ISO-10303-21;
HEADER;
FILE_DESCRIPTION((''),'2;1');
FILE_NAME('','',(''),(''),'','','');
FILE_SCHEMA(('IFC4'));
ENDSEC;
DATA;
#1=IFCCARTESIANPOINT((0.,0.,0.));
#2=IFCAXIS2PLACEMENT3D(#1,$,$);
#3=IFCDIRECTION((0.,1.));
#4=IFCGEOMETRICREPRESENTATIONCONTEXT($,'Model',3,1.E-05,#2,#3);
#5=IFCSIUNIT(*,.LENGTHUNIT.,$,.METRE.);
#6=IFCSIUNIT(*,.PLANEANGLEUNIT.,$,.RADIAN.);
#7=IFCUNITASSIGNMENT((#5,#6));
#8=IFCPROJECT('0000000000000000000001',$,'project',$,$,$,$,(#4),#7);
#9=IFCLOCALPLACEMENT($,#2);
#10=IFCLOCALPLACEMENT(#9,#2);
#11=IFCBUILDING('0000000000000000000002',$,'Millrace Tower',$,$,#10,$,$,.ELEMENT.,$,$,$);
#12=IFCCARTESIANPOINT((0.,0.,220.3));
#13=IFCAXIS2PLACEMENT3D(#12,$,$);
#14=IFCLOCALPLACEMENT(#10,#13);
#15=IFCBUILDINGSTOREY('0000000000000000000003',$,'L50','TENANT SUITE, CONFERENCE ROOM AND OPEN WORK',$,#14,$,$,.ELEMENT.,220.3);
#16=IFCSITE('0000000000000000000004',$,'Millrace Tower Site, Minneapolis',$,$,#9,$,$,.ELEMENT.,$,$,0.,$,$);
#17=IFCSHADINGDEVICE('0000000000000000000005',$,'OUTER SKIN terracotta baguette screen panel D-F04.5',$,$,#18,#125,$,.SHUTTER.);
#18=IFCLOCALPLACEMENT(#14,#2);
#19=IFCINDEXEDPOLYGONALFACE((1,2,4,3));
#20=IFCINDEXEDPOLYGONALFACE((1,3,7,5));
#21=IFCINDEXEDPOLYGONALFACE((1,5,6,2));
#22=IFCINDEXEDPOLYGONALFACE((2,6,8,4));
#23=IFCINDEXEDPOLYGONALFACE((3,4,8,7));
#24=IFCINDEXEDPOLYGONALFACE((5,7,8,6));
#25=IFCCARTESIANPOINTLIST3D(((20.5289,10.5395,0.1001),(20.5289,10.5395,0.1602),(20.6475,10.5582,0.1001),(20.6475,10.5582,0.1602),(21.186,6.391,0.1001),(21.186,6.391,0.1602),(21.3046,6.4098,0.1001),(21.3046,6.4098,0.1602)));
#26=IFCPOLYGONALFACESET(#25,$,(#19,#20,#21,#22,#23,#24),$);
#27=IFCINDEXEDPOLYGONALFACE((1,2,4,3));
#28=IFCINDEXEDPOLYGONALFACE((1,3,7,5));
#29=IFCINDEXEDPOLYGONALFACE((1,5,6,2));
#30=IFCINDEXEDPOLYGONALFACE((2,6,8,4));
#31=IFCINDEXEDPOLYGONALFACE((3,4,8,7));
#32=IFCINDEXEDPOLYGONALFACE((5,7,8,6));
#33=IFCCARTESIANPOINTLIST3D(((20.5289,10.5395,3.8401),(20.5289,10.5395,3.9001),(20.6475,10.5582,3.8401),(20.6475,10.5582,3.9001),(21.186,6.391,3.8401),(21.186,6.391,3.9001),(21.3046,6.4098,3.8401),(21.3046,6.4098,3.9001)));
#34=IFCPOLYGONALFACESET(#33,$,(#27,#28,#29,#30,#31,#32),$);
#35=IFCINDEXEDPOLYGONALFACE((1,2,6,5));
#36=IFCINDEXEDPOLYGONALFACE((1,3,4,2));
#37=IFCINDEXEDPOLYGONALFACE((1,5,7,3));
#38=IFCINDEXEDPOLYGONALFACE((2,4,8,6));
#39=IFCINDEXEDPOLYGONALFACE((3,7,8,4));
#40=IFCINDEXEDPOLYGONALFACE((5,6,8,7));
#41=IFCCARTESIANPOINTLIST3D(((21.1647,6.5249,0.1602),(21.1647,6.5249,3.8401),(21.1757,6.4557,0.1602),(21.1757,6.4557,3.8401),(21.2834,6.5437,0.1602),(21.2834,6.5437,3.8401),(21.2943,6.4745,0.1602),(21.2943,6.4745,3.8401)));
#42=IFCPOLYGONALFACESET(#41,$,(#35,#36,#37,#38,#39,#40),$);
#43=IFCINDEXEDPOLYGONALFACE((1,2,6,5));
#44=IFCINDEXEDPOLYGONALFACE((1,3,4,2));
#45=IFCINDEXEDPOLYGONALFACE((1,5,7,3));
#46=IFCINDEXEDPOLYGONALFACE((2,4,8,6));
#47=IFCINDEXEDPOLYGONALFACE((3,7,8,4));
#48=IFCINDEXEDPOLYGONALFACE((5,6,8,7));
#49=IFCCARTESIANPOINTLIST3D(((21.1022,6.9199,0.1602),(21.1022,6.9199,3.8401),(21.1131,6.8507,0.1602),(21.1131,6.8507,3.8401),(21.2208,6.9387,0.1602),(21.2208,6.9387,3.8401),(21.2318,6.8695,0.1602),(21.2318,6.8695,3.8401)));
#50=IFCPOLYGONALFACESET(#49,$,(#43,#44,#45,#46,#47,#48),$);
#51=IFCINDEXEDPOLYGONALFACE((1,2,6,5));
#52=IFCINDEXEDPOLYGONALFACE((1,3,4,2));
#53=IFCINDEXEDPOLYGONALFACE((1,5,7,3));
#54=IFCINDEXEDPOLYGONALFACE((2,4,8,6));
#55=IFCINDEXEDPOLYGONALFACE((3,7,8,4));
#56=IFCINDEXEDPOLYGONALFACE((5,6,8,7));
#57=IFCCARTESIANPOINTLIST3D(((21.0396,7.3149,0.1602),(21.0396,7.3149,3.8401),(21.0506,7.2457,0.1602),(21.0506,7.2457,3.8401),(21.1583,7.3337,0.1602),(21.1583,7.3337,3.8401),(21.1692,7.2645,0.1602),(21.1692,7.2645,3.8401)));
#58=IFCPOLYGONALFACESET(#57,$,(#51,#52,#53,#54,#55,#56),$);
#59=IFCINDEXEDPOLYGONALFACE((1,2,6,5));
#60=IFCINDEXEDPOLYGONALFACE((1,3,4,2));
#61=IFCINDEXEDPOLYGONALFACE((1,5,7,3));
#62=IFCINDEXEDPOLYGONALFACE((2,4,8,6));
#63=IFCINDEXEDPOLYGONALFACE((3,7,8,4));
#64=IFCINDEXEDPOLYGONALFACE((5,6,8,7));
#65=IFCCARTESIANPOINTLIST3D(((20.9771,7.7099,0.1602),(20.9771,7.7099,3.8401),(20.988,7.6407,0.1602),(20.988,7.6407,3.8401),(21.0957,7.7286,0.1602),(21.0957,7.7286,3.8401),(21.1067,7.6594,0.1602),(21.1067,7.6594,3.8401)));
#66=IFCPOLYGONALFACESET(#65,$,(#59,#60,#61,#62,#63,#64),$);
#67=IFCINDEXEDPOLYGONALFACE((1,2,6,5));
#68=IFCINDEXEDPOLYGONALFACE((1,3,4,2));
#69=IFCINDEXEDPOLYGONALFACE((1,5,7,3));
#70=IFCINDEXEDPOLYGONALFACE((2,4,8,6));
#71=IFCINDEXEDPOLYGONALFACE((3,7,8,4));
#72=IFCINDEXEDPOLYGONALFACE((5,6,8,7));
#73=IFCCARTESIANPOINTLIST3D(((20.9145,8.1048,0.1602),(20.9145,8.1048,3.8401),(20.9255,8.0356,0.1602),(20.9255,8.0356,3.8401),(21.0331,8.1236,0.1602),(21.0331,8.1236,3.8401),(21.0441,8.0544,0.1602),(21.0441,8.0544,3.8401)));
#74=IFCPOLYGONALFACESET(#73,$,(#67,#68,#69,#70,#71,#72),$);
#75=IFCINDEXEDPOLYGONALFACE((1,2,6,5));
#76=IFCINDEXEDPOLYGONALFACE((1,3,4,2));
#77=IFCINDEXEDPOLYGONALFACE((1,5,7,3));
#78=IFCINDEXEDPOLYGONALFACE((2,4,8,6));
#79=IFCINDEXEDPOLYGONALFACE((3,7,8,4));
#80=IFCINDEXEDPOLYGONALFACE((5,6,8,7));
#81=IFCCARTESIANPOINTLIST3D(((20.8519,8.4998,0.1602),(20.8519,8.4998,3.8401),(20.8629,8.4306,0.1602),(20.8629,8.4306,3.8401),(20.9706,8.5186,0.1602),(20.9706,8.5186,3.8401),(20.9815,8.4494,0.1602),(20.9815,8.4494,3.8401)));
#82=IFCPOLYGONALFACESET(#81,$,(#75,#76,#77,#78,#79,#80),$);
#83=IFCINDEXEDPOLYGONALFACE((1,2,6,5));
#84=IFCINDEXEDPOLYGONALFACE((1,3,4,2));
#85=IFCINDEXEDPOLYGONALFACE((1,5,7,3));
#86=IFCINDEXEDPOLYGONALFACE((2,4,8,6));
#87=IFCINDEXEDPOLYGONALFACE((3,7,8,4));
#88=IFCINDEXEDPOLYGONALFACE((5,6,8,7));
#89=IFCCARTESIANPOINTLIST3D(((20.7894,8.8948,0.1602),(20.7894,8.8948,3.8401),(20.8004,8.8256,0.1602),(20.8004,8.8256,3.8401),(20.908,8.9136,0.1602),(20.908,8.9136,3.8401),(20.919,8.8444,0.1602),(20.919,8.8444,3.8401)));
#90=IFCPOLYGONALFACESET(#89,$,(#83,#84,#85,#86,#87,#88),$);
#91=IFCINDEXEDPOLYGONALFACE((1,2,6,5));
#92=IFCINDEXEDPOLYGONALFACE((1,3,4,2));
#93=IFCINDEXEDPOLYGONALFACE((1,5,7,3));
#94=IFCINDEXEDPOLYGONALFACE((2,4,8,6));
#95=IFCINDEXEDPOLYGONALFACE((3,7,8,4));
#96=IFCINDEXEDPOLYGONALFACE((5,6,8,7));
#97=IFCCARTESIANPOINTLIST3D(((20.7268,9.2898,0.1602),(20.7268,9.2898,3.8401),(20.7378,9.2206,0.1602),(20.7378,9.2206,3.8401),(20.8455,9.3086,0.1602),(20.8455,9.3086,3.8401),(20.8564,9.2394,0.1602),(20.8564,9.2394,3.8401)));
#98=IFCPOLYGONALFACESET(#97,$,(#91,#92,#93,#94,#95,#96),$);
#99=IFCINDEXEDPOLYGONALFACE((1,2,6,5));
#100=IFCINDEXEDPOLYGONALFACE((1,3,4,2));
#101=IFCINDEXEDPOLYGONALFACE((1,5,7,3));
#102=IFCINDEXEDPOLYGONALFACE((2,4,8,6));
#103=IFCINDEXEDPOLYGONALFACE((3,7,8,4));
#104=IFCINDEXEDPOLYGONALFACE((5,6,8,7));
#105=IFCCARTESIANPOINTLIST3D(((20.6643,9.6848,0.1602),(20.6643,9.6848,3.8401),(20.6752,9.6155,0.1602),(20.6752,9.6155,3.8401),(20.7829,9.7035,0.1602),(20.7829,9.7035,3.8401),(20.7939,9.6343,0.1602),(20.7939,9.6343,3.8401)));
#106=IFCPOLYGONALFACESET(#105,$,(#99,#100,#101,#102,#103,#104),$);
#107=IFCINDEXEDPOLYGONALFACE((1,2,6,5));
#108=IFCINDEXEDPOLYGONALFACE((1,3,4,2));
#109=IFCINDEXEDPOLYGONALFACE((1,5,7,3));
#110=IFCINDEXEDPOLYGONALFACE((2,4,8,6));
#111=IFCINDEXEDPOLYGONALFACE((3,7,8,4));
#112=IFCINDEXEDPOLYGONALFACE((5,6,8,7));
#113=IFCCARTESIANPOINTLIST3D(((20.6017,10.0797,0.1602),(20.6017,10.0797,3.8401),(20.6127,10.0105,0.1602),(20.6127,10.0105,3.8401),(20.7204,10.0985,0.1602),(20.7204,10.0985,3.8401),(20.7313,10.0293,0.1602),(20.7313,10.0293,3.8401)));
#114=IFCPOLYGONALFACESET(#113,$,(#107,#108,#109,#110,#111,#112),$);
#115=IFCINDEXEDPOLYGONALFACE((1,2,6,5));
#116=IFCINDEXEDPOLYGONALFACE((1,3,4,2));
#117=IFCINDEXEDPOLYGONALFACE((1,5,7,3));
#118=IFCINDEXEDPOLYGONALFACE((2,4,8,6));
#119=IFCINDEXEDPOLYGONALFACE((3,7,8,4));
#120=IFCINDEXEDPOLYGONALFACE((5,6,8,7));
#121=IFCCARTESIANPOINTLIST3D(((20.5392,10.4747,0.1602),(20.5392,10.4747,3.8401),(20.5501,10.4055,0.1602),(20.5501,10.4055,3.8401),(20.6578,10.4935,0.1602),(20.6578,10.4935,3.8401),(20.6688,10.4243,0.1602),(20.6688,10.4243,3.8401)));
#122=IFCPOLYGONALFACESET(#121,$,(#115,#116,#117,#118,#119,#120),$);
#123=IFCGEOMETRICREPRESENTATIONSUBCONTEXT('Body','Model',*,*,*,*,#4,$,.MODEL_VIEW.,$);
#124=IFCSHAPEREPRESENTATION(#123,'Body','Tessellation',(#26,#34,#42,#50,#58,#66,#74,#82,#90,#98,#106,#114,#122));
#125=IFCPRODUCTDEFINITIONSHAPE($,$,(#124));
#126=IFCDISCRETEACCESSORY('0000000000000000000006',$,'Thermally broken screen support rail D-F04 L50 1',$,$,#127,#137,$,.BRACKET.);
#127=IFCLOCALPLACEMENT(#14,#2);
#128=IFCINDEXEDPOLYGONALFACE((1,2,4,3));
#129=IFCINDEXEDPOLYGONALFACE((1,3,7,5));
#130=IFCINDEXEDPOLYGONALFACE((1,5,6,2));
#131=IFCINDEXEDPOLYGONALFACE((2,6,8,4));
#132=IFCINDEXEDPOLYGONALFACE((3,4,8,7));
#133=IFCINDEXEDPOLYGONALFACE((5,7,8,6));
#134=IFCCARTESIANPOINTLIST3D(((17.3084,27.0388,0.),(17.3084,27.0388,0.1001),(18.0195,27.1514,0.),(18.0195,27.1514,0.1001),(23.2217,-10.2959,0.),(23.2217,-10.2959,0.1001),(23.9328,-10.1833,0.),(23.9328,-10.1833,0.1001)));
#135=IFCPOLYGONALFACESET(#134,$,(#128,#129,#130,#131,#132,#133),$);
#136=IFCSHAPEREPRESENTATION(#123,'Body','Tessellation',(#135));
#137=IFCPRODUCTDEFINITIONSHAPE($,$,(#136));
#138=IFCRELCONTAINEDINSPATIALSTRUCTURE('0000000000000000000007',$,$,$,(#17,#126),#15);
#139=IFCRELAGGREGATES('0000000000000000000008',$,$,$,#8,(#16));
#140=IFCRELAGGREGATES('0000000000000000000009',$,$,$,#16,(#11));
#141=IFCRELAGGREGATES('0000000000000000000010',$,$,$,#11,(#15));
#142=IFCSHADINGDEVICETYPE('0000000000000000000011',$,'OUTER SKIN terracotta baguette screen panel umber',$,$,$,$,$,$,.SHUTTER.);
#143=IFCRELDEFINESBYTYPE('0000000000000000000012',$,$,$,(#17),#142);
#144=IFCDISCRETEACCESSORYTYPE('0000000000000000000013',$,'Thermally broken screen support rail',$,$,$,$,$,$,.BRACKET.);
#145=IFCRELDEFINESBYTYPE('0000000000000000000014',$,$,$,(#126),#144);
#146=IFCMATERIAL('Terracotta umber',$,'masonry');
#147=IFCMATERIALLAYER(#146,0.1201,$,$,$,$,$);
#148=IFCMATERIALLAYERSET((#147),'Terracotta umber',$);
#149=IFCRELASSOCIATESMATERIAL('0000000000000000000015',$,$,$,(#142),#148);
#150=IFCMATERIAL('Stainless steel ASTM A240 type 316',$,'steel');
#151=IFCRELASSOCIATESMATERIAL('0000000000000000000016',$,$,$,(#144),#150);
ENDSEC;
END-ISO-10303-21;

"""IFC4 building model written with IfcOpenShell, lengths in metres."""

from ifc_helpers import new_model, entity, si_unit, direction, frame, frame_2d, origin, origin_2d, place, context, subcontext, project, spatial, rectangle, extrude, source, transform, mapped, material, layer, layer_set, type_object, element, save


model = new_model("IFC4")

# Units and contexts
model_context = context("Model", 3, precision=1e-05, world=origin(), true_north=direction((0.0, 1.0)))
body_context = subcontext(model_context, "Body", "Model", "MODEL_VIEW")
ifc_project = project(units=[si_unit("LENGTHUNIT", "METRE"), si_unit("PLANEANGLEUNIT", "RADIAN")], contexts=[model_context])

# Site, building, storey
site_placement = place(None, origin())
site = spatial("IfcSite", under=ifc_project, at=site_placement, Name="Millrace Tower Site, Minneapolis", CompositionType="ELEMENT", RefElevation=0.0)
building_placement = place(site_placement, origin())
building = spatial("IfcBuilding", under=site, at=building_placement, Name="Millrace Tower", CompositionType="ELEMENT")
storey_placement = place(building_placement, frame((0.0, 0.0, 220.3)))
storey = spatial("IfcBuildingStorey", under=building, at=storey_placement, Name="L50", Description="TENANT SUITE, CONFERENCE ROOM AND OPEN WORK", CompositionType="ELEMENT", Elevation=220.3)

# Shading device
ifc_material_1 = material(Name="Terracotta umber", Category="masonry")
ifc_layer_1 = layer(ifc_material_1, 0.1201)
ifc_layer_set_1 = layer_set([ifc_layer_1], Name="Terracotta umber")
shading_device_type = type_object("IfcShadingDeviceType", Name="OUTER SKIN terracotta baguette screen panel umber", PredefinedType="SHUTTER", material=ifc_layer_set_1)
cartesian_point = entity("IfcCartesianPoint", [-2.1001, 0.0601])
shared_polyline = entity("IfcPolyline", [cartesian_point, entity("IfcCartesianPoint", [2.1001, 0.0601]), entity("IfcCartesianPoint", [2.1001, -0.0601]), entity("IfcCartesianPoint", [-2.1001, -0.0601]), cartesian_point])
shared_shape = source(origin(), body_context, "Body", "SweptSolid", [
    entity("IfcExtrudedAreaSolid", entity("IfcArbitraryClosedProfileDef", "AREA", None, shared_polyline), entity("IfcAxis2Placement3D", entity("IfcCartesianPoint", [0.0, 0.0, 0.0])), entity("IfcDirection", [0.0, 0.0, 1.0]), 0.0601),
    entity("IfcExtrudedAreaSolid", entity("IfcArbitraryClosedProfileDef", "AREA", None, shared_polyline), entity("IfcAxis2Placement3D", entity("IfcCartesianPoint", [0.0, 0.0, 3.74])), entity("IfcDirection", [0.0, 0.0, 1.0]), 0.0601),
    extrude(rectangle(XDim=0.0701, YDim=0.1201, at=frame_2d((-1.9995, 0.0))), frame((0.0, 0.0, 0.0601)), (0.0, 0.0, 1.0), 3.6799),
    extrude(rectangle(XDim=0.0701, YDim=0.1201, at=frame_2d((-1.5996, 0.0))), frame((0.0, 0.0, 0.0601)), (0.0, 0.0, 1.0), 3.6799),
    extrude(rectangle(XDim=0.0701, YDim=0.1201, at=frame_2d((-1.1997, 0.0))), frame((0.0, 0.0, 0.0601)), (0.0, 0.0, 1.0), 3.6799),
    extrude(rectangle(XDim=0.0701, YDim=0.1201, at=frame_2d((-0.7998, 0.0))), frame((0.0, 0.0, 0.0601)), (0.0, 0.0, 1.0), 3.6799),
    extrude(rectangle(XDim=0.0701, YDim=0.1201, at=frame_2d((-0.3999, 0.0))), frame((0.0, 0.0, 0.0601)), (0.0, 0.0, 1.0), 3.6799),
    extrude(rectangle(XDim=0.0701, YDim=0.1201, at=origin_2d()), frame((0.0, 0.0, 0.0601)), (0.0, 0.0, 1.0), 3.6799),
    extrude(rectangle(XDim=0.0701, YDim=0.1201, at=frame_2d((0.3999, 0.0))), frame((0.0, 0.0, 0.0601)), (0.0, 0.0, 1.0), 3.6799),
    extrude(rectangle(XDim=0.0701, YDim=0.1201, at=frame_2d((0.7998, 0.0))), frame((0.0, 0.0, 0.0601)), (0.0, 0.0, 1.0), 3.6799),
    extrude(rectangle(XDim=0.0701, YDim=0.1201, at=frame_2d((1.1997, 0.0))), frame((0.0, 0.0, 0.0601)), (0.0, 0.0, 1.0), 3.6799),
    extrude(rectangle(XDim=0.0701, YDim=0.1201, at=frame_2d((1.5996, 0.0))), frame((0.0, 0.0, 0.0601)), (0.0, 0.0, 1.0), 3.6799),
    extrude(rectangle(XDim=0.0701, YDim=0.1201, at=frame_2d((1.9995, 0.0))), frame((0.0, 0.0, 0.0601)), (0.0, 0.0, 1.0), 3.6799),
])
for number, where, z_axis, x_axis, name in (
    (1, (20.9167, 8.4746, 0.1001), (0.0, 0.0, 1.0), (-0.156434, 0.987688, 0.0), "OUTER SKIN terracotta baguette screen panel D-F04.5"),
):
    element("IfcShadingDevice", number, at=place(storey_placement, frame(where, z_axis=z_axis, x_axis=x_axis)), inside=storey, type_object=shading_device_type, Name=name, PredefinedType="SHUTTER", context=body_context, shape_type="MappedRepresentation", body=[
        mapped(shared_shape, transform((0.0, 0.0, 0.0), scale=1.0)),
    ])

# Discrete accessory
ifc_material_2 = material(Name="Stainless steel ASTM A240 type 316", Category="steel")
discrete_accessory_type = type_object("IfcDiscreteAccessoryType", Name="Thermally broken screen support rail", PredefinedType="BRACKET", material=ifc_material_2)
discrete_accessory_placement = place(storey_placement, frame((20.6206, 8.4277, 0.0), z_axis=(0.0, 0.0, 1.0), x_axis=(-0.156434, 0.987688, 0.0)))
element("IfcDiscreteAccessory", 2, at=discrete_accessory_placement, inside=storey, type_object=discrete_accessory_type, Name="Thermally broken screen support rail D-F04 L50 1", PredefinedType="BRACKET", context=body_context, shape_type="SweptSolid", body=[
    extrude(rectangle(XDim=37.8, YDim=0.72, at=origin_2d()), origin(), (0.0, 0.0, 1.0), 0.1001),
])

save(model, "model.ifc")
